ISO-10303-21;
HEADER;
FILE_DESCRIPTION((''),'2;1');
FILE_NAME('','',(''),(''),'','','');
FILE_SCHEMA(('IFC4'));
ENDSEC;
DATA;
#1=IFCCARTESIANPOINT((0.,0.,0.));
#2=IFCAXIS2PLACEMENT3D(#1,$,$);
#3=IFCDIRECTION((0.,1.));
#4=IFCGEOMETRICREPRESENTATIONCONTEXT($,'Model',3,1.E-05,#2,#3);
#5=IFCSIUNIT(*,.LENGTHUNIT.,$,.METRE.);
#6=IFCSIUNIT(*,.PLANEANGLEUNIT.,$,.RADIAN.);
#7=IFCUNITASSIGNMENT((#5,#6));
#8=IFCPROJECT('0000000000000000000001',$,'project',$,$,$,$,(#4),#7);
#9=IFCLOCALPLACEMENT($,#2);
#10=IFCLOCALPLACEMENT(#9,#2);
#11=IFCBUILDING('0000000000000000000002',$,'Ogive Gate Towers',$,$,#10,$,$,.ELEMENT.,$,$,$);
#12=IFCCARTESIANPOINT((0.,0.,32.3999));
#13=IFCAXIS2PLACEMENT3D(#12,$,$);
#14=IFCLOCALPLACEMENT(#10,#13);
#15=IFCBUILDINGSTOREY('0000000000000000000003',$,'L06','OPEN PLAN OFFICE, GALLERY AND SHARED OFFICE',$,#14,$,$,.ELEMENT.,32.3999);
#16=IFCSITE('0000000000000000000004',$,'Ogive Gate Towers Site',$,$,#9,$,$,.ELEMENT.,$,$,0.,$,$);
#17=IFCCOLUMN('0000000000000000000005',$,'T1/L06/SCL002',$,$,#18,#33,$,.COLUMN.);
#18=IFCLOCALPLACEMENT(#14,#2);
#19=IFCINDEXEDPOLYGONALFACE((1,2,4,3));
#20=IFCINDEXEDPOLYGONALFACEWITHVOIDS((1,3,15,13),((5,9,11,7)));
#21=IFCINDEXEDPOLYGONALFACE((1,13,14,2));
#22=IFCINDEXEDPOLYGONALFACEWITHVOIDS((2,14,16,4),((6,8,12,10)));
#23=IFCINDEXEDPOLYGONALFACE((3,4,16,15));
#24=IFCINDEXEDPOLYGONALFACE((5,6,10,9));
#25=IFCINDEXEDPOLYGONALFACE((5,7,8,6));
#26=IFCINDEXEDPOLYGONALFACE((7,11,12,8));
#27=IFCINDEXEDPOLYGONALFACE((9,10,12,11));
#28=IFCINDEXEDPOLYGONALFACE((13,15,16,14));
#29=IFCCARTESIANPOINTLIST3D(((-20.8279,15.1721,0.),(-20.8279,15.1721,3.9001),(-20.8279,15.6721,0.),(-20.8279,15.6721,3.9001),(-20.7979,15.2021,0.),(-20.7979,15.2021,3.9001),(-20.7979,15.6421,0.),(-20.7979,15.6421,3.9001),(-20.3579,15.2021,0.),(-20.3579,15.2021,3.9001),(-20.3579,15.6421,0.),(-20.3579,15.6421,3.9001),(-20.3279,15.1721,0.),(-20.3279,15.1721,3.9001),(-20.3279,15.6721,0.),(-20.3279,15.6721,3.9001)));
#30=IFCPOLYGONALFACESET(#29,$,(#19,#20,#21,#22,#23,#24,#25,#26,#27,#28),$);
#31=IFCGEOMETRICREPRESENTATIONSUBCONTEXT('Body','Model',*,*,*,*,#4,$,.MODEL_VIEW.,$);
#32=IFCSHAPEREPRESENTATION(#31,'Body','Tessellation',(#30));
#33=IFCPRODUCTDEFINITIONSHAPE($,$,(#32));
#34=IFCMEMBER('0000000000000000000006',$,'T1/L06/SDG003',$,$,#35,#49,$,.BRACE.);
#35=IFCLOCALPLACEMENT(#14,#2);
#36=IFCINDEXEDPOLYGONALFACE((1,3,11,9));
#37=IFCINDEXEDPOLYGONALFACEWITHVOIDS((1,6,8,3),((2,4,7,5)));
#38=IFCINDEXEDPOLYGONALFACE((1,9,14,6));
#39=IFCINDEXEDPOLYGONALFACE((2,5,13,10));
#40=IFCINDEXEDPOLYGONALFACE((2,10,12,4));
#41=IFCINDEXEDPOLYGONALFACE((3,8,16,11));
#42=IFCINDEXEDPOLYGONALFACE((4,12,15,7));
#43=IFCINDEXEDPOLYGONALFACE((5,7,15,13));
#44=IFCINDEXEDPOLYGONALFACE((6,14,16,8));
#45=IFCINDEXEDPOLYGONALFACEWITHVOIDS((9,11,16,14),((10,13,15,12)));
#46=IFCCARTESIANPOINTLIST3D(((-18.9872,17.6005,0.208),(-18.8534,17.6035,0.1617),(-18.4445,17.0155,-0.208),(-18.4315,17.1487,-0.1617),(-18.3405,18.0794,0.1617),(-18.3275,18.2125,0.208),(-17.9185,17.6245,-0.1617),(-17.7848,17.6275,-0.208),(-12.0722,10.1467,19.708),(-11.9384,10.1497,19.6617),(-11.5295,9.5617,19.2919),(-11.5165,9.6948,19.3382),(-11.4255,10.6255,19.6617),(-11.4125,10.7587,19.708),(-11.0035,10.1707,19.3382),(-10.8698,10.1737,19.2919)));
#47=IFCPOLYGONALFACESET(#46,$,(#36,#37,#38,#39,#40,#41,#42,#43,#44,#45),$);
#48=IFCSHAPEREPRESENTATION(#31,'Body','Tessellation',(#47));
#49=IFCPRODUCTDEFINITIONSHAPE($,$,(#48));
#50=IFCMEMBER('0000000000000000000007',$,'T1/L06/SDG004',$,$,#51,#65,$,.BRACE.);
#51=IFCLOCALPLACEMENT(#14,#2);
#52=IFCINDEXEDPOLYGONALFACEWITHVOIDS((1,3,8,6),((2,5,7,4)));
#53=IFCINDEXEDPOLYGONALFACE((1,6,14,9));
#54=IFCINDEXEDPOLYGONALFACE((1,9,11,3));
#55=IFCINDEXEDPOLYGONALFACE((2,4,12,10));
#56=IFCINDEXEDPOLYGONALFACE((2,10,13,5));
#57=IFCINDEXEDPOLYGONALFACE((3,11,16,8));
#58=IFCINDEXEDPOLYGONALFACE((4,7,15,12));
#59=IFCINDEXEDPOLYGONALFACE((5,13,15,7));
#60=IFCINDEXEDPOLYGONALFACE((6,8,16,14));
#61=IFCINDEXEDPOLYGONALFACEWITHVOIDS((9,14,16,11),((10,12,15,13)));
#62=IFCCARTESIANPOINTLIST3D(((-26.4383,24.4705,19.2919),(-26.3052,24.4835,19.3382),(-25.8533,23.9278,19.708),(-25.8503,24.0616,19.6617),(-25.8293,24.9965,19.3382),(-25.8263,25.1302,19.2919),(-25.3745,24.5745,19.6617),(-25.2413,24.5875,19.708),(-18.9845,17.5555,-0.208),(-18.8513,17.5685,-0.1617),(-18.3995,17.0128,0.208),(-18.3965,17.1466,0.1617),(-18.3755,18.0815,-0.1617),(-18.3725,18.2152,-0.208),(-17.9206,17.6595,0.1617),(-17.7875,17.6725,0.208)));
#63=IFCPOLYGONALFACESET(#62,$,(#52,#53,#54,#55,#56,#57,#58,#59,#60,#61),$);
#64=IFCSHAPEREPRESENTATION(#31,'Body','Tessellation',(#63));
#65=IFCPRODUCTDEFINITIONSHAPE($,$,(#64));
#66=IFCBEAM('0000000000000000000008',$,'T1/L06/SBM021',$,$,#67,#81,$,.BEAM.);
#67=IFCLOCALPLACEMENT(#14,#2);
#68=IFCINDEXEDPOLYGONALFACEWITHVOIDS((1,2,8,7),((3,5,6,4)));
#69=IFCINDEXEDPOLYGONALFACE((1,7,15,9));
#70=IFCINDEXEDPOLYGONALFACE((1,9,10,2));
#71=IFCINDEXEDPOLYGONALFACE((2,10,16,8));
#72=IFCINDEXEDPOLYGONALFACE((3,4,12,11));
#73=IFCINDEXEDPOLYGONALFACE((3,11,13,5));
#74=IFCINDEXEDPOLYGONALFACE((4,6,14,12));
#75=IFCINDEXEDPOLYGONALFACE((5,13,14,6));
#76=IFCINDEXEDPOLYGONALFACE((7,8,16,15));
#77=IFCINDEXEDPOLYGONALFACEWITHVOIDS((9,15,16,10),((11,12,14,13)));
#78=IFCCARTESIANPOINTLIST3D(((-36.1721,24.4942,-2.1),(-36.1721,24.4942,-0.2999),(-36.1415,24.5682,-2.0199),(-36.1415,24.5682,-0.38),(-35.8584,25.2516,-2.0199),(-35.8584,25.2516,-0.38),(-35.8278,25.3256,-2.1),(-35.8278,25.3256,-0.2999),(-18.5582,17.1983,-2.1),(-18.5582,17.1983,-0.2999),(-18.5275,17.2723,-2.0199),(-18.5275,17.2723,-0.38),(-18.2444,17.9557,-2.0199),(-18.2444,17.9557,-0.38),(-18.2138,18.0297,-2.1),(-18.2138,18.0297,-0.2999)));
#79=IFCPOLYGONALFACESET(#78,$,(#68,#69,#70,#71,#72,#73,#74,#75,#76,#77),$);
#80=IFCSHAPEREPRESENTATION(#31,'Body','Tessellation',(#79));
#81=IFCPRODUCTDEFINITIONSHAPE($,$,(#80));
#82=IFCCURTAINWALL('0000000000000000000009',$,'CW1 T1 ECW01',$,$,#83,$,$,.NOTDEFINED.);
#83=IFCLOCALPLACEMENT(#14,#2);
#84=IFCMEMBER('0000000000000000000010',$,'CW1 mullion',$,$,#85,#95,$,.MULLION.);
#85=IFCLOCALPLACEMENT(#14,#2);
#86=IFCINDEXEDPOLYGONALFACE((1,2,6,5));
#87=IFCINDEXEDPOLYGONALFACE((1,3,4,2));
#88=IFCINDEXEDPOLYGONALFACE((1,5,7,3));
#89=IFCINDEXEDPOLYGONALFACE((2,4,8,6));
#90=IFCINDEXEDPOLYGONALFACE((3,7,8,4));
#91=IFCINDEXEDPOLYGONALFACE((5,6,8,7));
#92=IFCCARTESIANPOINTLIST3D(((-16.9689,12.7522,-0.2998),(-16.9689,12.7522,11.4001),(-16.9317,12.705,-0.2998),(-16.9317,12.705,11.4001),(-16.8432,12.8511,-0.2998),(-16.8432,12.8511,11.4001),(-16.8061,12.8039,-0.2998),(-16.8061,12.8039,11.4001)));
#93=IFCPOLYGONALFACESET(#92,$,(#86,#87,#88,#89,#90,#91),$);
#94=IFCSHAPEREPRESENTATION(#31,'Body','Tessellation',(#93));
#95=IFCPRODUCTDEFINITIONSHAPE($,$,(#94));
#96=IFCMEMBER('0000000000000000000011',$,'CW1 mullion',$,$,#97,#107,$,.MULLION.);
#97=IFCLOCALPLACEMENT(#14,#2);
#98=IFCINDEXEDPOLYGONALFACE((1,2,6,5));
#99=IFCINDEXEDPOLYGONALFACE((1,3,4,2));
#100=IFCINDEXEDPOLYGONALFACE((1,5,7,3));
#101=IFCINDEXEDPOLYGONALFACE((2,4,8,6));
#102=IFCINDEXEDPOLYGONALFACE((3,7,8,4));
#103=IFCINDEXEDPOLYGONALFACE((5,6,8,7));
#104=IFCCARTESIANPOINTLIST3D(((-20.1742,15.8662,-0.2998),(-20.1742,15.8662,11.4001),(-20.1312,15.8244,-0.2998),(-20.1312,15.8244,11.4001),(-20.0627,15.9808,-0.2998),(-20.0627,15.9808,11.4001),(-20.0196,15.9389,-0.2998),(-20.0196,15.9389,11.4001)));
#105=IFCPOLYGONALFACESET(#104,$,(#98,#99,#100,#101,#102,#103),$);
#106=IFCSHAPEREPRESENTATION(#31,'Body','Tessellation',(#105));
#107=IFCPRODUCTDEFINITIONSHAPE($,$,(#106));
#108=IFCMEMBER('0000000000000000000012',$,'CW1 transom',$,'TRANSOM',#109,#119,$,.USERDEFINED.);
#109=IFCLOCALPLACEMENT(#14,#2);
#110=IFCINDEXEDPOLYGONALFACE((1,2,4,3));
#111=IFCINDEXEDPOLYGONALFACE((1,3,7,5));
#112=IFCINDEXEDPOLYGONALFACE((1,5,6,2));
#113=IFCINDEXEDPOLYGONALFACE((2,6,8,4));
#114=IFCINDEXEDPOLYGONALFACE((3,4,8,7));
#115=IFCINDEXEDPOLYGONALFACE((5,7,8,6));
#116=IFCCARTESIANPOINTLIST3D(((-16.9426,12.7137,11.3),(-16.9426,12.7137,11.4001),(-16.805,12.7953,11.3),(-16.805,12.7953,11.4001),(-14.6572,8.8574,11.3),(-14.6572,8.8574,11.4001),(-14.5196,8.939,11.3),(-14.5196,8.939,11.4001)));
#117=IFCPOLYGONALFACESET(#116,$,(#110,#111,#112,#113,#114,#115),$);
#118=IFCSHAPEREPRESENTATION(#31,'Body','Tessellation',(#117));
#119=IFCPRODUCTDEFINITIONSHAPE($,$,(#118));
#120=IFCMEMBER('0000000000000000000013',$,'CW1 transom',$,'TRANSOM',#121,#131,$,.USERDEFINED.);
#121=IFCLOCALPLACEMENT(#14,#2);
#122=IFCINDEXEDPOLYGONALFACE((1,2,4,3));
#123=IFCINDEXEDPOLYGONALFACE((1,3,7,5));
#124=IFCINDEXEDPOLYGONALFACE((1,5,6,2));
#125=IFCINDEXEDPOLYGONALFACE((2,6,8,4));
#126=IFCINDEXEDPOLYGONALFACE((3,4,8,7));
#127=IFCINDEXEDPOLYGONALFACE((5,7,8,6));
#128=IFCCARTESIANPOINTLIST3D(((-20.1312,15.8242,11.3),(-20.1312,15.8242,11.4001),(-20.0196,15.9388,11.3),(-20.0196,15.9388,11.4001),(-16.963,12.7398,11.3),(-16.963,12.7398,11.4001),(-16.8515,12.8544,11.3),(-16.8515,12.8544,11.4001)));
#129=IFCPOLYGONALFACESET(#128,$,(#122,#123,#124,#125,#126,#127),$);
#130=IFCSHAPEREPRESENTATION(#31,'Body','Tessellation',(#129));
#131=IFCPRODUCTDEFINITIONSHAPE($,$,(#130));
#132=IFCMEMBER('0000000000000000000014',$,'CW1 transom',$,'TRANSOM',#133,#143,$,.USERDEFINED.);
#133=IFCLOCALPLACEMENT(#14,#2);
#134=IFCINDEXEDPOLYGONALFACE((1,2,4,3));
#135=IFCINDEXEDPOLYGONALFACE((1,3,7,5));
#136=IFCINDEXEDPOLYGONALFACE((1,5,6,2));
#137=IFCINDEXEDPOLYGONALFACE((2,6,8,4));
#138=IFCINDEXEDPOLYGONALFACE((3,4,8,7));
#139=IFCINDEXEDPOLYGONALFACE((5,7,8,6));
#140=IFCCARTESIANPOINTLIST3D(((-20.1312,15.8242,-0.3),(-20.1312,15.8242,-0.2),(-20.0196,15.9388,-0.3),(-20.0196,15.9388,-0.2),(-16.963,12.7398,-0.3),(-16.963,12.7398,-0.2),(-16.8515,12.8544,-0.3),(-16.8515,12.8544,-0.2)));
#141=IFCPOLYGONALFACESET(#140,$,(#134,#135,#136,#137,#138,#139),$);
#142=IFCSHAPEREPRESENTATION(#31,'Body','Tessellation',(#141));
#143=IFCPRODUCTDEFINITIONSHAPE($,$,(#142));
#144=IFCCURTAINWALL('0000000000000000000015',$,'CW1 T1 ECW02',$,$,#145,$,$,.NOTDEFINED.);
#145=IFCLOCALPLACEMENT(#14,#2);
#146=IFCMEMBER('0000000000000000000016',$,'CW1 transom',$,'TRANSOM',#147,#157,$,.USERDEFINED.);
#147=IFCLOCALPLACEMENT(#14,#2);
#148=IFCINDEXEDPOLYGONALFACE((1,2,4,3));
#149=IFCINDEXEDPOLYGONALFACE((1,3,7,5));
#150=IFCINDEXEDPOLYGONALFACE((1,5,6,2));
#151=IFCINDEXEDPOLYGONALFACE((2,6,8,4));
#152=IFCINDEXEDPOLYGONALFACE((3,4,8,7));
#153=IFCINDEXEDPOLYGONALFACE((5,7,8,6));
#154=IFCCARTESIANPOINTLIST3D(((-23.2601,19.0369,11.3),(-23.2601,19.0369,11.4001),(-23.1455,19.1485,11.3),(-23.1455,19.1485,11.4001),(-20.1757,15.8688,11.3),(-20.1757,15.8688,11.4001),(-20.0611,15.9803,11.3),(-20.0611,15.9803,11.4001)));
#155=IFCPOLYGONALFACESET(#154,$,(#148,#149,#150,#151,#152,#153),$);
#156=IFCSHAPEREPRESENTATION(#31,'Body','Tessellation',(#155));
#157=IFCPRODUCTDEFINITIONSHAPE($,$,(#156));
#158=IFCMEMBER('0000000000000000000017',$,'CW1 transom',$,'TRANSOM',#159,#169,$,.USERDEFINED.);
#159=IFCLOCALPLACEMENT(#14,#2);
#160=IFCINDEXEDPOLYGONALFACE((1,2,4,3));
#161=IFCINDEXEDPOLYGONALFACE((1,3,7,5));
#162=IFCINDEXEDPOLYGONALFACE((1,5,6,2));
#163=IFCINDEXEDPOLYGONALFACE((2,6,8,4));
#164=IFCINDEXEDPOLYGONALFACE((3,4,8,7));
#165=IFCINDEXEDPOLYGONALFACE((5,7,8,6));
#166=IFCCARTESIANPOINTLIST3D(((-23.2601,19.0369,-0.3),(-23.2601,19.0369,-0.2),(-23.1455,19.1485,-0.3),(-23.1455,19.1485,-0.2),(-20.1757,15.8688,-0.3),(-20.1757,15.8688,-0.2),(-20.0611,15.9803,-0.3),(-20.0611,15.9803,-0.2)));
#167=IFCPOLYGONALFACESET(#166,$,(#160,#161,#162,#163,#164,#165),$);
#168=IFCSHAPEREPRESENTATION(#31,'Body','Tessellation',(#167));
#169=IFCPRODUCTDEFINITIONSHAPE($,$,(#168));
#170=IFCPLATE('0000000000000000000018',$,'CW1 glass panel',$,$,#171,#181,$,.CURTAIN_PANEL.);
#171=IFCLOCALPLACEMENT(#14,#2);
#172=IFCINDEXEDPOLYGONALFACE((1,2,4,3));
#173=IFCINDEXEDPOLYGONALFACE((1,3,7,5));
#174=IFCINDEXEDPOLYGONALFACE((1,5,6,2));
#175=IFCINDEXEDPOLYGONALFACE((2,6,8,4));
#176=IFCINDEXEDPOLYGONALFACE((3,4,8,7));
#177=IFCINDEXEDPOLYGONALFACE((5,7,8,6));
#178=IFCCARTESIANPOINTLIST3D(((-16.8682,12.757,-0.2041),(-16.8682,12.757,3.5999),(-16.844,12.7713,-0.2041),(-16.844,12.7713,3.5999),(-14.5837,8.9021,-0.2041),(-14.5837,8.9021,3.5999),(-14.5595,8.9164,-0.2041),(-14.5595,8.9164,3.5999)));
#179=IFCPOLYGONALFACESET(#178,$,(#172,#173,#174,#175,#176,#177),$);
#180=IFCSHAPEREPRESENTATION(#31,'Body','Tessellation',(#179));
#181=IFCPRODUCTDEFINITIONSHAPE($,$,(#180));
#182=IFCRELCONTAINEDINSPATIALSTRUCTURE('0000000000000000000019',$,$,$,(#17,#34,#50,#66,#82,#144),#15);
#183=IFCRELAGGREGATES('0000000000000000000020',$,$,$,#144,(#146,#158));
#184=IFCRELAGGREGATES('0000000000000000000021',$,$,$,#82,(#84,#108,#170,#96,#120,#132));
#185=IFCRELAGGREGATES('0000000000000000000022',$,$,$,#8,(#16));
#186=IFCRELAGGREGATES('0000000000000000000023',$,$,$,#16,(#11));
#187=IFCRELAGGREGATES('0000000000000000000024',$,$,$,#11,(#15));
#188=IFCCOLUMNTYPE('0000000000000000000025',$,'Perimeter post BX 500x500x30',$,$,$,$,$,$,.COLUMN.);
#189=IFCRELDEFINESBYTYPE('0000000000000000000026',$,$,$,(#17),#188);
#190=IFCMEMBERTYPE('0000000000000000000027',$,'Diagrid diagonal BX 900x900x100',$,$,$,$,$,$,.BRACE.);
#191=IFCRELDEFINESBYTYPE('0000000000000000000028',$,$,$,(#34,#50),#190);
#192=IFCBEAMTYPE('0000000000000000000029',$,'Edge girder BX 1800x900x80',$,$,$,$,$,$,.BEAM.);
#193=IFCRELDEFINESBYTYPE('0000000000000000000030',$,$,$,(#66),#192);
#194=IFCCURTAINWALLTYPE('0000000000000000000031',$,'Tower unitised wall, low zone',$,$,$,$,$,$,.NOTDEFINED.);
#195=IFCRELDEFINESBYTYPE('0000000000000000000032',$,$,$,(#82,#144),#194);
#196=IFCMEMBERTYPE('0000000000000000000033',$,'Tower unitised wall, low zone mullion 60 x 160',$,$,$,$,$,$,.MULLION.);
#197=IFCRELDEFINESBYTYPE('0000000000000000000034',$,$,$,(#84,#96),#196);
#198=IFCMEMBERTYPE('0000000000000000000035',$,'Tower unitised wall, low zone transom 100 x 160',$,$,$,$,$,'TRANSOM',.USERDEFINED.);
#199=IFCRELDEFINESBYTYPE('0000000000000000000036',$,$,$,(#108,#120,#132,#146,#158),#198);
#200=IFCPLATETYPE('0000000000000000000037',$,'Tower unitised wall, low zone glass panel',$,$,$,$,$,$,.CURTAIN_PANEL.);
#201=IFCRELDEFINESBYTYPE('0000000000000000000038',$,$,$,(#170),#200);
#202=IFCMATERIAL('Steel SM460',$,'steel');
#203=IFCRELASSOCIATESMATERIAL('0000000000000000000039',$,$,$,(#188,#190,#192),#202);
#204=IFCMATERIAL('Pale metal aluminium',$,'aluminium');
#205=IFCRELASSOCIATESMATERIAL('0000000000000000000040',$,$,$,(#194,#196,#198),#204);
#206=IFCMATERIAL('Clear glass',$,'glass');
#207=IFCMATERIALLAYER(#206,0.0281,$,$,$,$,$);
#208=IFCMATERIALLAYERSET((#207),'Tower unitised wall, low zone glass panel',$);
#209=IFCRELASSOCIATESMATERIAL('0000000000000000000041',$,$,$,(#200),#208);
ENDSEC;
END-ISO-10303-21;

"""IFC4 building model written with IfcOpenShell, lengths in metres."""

from ifc_helpers import new_model, si_unit, direction, frame, origin, origin_2d, place, context, subcontext, project, spatial, rectangle, hollow_rectangle, extrude, material, layer, layer_set, material_profile, profile_set, type_object, element, aggregate, save


model = new_model("IFC4")

# Units and contexts
model_context = context("Model", 3, precision=1e-05, world=origin(), true_north=direction((0.0, 1.0)))
body_context = subcontext(model_context, "Body", "Model", "MODEL_VIEW")
ifc_project = project(units=[si_unit("LENGTHUNIT", "METRE"), si_unit("PLANEANGLEUNIT", "RADIAN")], contexts=[model_context])

# Site, building, storey
site_placement = place(None, origin())
site = spatial("IfcSite", under=ifc_project, at=site_placement, Name="Ogive Gate Towers Site", CompositionType="ELEMENT", RefElevation=0.0)
building_placement = place(site_placement, origin())
building = spatial("IfcBuilding", under=site, at=building_placement, Name="Ogive Gate Towers", CompositionType="ELEMENT")
storey_placement = place(building_placement, frame((0.0, 0.0, 32.3999)))
storey = spatial("IfcBuildingStorey", under=building, at=storey_placement, Name="L06", Description="OPEN PLAN OFFICE, GALLERY AND SHARED OFFICE", CompositionType="ELEMENT", Elevation=32.3999)

# Column
ifc_material_1 = material(Name="Steel SM460", Category="steel")
ifc_material_profile_1 = material_profile(ifc_material_1, hollow_rectangle(XDim=0.5, YDim=0.5, WallThickness=0.03, at=origin_2d()), Name="BX 500x500x30")
ifc_profile_set_1 = profile_set([ifc_material_profile_1], Name="Steel SM460")
column_type = type_object("IfcColumnType", Name="Perimeter post BX 500x500x30", PredefinedType="COLUMN", material=ifc_profile_set_1)
column_placement = place(storey_placement, frame((-20.5779, 15.4221, 0.0), z_axis=(0.0, 0.0, 1.0), x_axis=(1.0, 0.0, 0.0)))
element("IfcColumn", 1, at=column_placement, inside=storey, type_object=column_type, Name="T1/L06/SCL002", PredefinedType="COLUMN", context=body_context, shape_type="SweptSolid", body=[
    extrude(hollow_rectangle(XDim=0.5, YDim=0.5, WallThickness=0.03, at=origin_2d()), origin(), (0.0, 0.0, 1.0), 3.9001),
])

# Members
ifc_material_profile_2 = material_profile(ifc_material_1, hollow_rectangle(XDim=0.8999, YDim=0.8999, WallThickness=0.1001, at=origin_2d()), Name="BX 900x900x100")
ifc_profile_set_2 = profile_set([ifc_material_profile_2], Name="Steel SM460")
member_type_1 = type_object("IfcMemberType", Name="Diagrid diagonal BX 900x900x100", PredefinedType="BRACE", material=ifc_profile_set_2)
for number, where, z_axis, x_axis, name in (
    (2, (-18.386, 17.614, 0.0), (0.314441, -0.338942, 0.886705), (0.733107, 0.680113, 0.0), "T1/L06/SDG003"),
    (3, (-18.386, 17.614, 0.0), (-0.338942, 0.314441, 0.886705), (-0.680113, -0.733107, 0.0), "T1/L06/SDG004"),
):
    element("IfcMember", number, at=place(storey_placement, frame(where, z_axis=z_axis, x_axis=x_axis)), inside=storey, type_object=member_type_1, Name=name, PredefinedType="BRACE", context=body_context, shape_type="SweptSolid", body=[
        extrude(hollow_rectangle(XDim=0.8999, YDim=0.8999, WallThickness=0.1001, at=origin_2d()), origin(), (0.0, 0.0, 1.0), 21.9915),
    ])

# Beam
ifc_material_profile_3 = material_profile(ifc_material_1, hollow_rectangle(XDim=0.8999, YDim=1.8, WallThickness=0.0801, at=origin_2d()), Name="BX 1800x900x80")
ifc_profile_set_3 = profile_set([ifc_material_profile_3], Name="Steel SM460")
beam_type = type_object("IfcBeamType", Name="Edge girder BX 1800x900x80", PredefinedType="BEAM", material=ifc_profile_set_3)
beam_placement = place(storey_placement, frame((-18.386, 17.614, -1.2), z_axis=(-0.923881, 0.382681, 0.0), x_axis=(-0.382681, -0.923881, 0.0)))
element("IfcBeam", 4, at=beam_placement, inside=storey, type_object=beam_type, Name="T1/L06/SBM021", PredefinedType="BEAM", context=body_context, shape_type="SweptSolid", body=[
    extrude(hollow_rectangle(XDim=0.8999, YDim=1.8, WallThickness=0.0801, at=origin_2d()), origin(), (0.0, 0.0, 1.0), 19.0652),
])

# Curtain walls, members
ifc_material_2 = material(Name="Pale metal aluminium", Category="aluminium")
curtain_wall_type = type_object("IfcCurtainWallType", Name="Tower unitised wall, low zone", PredefinedType="NOTDEFINED", material=ifc_material_2)
curtain_wall_1_placement = place(storey_placement, origin())
curtain_wall_1 = element("IfcCurtainWall", 5, at=curtain_wall_1_placement, inside=storey, type_object=curtain_wall_type, Name="CW1 T1 ECW01", PredefinedType="NOTDEFINED")
ifc_material_profile_4 = material_profile(ifc_material_2, rectangle(XDim=0.1599, YDim=0.0601, at=origin_2d()), Name="60 x 160 aluminium box")
ifc_profile_set_4 = profile_set([ifc_material_profile_4], Name="Pale metal aluminium")
member_type_2 = type_object("IfcMemberType", Name="Tower unitised wall, low zone mullion 60 x 160", PredefinedType="MULLION", material=ifc_profile_set_4)
member_1_placement = place(storey_placement, frame((-16.8875, 12.7781, -0.2998), z_axis=(0.0, 0.0, 1.0), x_axis=(0.78576, 0.618532, 0.0)))
member_1 = element("IfcMember", 6, at=member_1_placement, type_object=member_type_2, Name="CW1 mullion", PredefinedType="MULLION", context=body_context, shape_type="SweptSolid", body=[
    extrude(rectangle(XDim=0.1599, YDim=0.0601, at=origin_2d()), origin(), (0.0, 0.0, 1.0), 11.7),
])
member_2_placement = place(storey_placement, frame((-20.0969, 15.9026, -0.2998), z_axis=(0.0, 0.0, 1.0), x_axis=(0.69759, 0.716497, 0.0)))
member_2 = element("IfcMember", 7, at=member_2_placement, type_object=member_type_2, Name="CW1 mullion", PredefinedType="MULLION", context=body_context, shape_type="SweptSolid", body=[
    extrude(rectangle(XDim=0.1599, YDim=0.0601, at=origin_2d()), origin(), (0.0, 0.0, 1.0), 11.7),
])
ifc_material_profile_5 = material_profile(ifc_material_2, rectangle(XDim=0.1599, YDim=0.1001, at=origin_2d()), Name="100 x 160 aluminium box")
ifc_profile_set_5 = profile_set([ifc_material_profile_5], Name="Pale metal aluminium")
member_type_3 = type_object("IfcMemberType", Name="Tower unitised wall, low zone transom 100 x 160", ElementType="TRANSOM", PredefinedType="USERDEFINED", material=ifc_profile_set_5)
member_3_placement = place(storey_placement, frame((-14.5884, 8.8982, 11.3501), z_axis=(-0.509843, 0.860268, 0.0), x_axis=(-0.860268, -0.509843, 0.0)))
member_3 = element("IfcMember", 8, at=member_3_placement, type_object=member_type_3, Name="CW1 transom", ObjectType="TRANSOM", PredefinedType="USERDEFINED", context=body_context, shape_type="SweptSolid", body=[
    extrude(rectangle(XDim=0.1599, YDim=0.1001, at=origin_2d()), origin(), (0.0, 0.0, 1.0), 4.4827),
])
member_4_placement = place(storey_placement, frame((-16.9072, 12.7971, 11.3501), z_axis=(-0.716513, 0.697574, 0.0), x_axis=(-0.697574, -0.716513, 0.0)))
member_4 = element("IfcMember", 9, at=member_4_placement, type_object=member_type_3, Name="CW1 transom", ObjectType="TRANSOM", PredefinedType="USERDEFINED", context=body_context, shape_type="SweptSolid", body=[
    extrude(rectangle(XDim=0.1599, YDim=0.1001, at=origin_2d()), origin(), (0.0, 0.0, 1.0), 4.4216),
])
member_5_placement = place(storey_placement, frame((-16.9072, 12.7971, -0.25), z_axis=(-0.716513, 0.697574, 0.0), x_axis=(-0.697574, -0.716513, 0.0)))
member_5 = element("IfcMember", 10, at=member_5_placement, type_object=member_type_3, Name="CW1 transom", ObjectType="TRANSOM", PredefinedType="USERDEFINED", context=body_context, shape_type="SweptSolid", body=[
    extrude(rectangle(XDim=0.1599, YDim=0.1001, at=origin_2d()), origin(), (0.0, 0.0, 1.0), 4.4216),
])
curtain_wall_2_placement = place(storey_placement, origin())
curtain_wall_2 = element("IfcCurtainWall", 11, at=curtain_wall_2_placement, inside=storey, type_object=curtain_wall_type, Name="CW1 T1 ECW02", PredefinedType="NOTDEFINED")
member_6_placement = place(storey_placement, frame((-20.1184, 15.9246, 11.3501), z_axis=(-0.697574, 0.716513, 0.0), x_axis=(-0.716513, -0.697574, 0.0)))
member_6 = element("IfcMember", 12, at=member_6_placement, type_object=member_type_3, Name="CW1 transom", ObjectType="TRANSOM", PredefinedType="USERDEFINED", context=body_context, shape_type="SweptSolid", body=[
    extrude(rectangle(XDim=0.1599, YDim=0.1001, at=origin_2d()), origin(), (0.0, 0.0, 1.0), 4.4216),
])
member_7_placement = place(storey_placement, frame((-20.1184, 15.9246, -0.25), z_axis=(-0.697574, 0.716513, 0.0), x_axis=(-0.716513, -0.697574, 0.0)))
member_7 = element("IfcMember", 13, at=member_7_placement, type_object=member_type_3, Name="CW1 transom", ObjectType="TRANSOM", PredefinedType="USERDEFINED", context=body_context, shape_type="SweptSolid", body=[
    extrude(rectangle(XDim=0.1599, YDim=0.1001, at=origin_2d()), origin(), (0.0, 0.0, 1.0), 4.4216),
])
aggregate(curtain_wall_2, [member_6, member_7])

# Plate
ifc_material_3 = material(Name="Clear glass", Category="glass")
ifc_layer_1 = layer(ifc_material_3, 0.0281)
ifc_layer_set_1 = layer_set([ifc_layer_1], Name="Tower unitised wall, low zone glass panel")
plate_type = type_object("IfcPlateType", Name="Tower unitised wall, low zone glass panel", PredefinedType="CURTAIN_PANEL", material=ifc_layer_set_1)
plate_1_placement = place(storey_placement, frame((-15.7139, 10.8367, -0.2041), z_axis=(0.0, 0.0, 1.0), x_axis=(-0.509822, 0.86028, 0.0)))
plate_1 = element("IfcPlate", 14, at=plate_1_placement, type_object=plate_type, Name="CW1 glass panel", PredefinedType="CURTAIN_PANEL", context=body_context, shape_type="SweptSolid", body=[
    extrude(rectangle(XDim=4.481, YDim=0.0281, at=origin_2d()), origin(), (0.0, 0.0, 1.0), 3.804),
])
aggregate(curtain_wall_1, [member_1, member_3, plate_1, member_2, member_4, member_5])

save(model, "model.ifc")
